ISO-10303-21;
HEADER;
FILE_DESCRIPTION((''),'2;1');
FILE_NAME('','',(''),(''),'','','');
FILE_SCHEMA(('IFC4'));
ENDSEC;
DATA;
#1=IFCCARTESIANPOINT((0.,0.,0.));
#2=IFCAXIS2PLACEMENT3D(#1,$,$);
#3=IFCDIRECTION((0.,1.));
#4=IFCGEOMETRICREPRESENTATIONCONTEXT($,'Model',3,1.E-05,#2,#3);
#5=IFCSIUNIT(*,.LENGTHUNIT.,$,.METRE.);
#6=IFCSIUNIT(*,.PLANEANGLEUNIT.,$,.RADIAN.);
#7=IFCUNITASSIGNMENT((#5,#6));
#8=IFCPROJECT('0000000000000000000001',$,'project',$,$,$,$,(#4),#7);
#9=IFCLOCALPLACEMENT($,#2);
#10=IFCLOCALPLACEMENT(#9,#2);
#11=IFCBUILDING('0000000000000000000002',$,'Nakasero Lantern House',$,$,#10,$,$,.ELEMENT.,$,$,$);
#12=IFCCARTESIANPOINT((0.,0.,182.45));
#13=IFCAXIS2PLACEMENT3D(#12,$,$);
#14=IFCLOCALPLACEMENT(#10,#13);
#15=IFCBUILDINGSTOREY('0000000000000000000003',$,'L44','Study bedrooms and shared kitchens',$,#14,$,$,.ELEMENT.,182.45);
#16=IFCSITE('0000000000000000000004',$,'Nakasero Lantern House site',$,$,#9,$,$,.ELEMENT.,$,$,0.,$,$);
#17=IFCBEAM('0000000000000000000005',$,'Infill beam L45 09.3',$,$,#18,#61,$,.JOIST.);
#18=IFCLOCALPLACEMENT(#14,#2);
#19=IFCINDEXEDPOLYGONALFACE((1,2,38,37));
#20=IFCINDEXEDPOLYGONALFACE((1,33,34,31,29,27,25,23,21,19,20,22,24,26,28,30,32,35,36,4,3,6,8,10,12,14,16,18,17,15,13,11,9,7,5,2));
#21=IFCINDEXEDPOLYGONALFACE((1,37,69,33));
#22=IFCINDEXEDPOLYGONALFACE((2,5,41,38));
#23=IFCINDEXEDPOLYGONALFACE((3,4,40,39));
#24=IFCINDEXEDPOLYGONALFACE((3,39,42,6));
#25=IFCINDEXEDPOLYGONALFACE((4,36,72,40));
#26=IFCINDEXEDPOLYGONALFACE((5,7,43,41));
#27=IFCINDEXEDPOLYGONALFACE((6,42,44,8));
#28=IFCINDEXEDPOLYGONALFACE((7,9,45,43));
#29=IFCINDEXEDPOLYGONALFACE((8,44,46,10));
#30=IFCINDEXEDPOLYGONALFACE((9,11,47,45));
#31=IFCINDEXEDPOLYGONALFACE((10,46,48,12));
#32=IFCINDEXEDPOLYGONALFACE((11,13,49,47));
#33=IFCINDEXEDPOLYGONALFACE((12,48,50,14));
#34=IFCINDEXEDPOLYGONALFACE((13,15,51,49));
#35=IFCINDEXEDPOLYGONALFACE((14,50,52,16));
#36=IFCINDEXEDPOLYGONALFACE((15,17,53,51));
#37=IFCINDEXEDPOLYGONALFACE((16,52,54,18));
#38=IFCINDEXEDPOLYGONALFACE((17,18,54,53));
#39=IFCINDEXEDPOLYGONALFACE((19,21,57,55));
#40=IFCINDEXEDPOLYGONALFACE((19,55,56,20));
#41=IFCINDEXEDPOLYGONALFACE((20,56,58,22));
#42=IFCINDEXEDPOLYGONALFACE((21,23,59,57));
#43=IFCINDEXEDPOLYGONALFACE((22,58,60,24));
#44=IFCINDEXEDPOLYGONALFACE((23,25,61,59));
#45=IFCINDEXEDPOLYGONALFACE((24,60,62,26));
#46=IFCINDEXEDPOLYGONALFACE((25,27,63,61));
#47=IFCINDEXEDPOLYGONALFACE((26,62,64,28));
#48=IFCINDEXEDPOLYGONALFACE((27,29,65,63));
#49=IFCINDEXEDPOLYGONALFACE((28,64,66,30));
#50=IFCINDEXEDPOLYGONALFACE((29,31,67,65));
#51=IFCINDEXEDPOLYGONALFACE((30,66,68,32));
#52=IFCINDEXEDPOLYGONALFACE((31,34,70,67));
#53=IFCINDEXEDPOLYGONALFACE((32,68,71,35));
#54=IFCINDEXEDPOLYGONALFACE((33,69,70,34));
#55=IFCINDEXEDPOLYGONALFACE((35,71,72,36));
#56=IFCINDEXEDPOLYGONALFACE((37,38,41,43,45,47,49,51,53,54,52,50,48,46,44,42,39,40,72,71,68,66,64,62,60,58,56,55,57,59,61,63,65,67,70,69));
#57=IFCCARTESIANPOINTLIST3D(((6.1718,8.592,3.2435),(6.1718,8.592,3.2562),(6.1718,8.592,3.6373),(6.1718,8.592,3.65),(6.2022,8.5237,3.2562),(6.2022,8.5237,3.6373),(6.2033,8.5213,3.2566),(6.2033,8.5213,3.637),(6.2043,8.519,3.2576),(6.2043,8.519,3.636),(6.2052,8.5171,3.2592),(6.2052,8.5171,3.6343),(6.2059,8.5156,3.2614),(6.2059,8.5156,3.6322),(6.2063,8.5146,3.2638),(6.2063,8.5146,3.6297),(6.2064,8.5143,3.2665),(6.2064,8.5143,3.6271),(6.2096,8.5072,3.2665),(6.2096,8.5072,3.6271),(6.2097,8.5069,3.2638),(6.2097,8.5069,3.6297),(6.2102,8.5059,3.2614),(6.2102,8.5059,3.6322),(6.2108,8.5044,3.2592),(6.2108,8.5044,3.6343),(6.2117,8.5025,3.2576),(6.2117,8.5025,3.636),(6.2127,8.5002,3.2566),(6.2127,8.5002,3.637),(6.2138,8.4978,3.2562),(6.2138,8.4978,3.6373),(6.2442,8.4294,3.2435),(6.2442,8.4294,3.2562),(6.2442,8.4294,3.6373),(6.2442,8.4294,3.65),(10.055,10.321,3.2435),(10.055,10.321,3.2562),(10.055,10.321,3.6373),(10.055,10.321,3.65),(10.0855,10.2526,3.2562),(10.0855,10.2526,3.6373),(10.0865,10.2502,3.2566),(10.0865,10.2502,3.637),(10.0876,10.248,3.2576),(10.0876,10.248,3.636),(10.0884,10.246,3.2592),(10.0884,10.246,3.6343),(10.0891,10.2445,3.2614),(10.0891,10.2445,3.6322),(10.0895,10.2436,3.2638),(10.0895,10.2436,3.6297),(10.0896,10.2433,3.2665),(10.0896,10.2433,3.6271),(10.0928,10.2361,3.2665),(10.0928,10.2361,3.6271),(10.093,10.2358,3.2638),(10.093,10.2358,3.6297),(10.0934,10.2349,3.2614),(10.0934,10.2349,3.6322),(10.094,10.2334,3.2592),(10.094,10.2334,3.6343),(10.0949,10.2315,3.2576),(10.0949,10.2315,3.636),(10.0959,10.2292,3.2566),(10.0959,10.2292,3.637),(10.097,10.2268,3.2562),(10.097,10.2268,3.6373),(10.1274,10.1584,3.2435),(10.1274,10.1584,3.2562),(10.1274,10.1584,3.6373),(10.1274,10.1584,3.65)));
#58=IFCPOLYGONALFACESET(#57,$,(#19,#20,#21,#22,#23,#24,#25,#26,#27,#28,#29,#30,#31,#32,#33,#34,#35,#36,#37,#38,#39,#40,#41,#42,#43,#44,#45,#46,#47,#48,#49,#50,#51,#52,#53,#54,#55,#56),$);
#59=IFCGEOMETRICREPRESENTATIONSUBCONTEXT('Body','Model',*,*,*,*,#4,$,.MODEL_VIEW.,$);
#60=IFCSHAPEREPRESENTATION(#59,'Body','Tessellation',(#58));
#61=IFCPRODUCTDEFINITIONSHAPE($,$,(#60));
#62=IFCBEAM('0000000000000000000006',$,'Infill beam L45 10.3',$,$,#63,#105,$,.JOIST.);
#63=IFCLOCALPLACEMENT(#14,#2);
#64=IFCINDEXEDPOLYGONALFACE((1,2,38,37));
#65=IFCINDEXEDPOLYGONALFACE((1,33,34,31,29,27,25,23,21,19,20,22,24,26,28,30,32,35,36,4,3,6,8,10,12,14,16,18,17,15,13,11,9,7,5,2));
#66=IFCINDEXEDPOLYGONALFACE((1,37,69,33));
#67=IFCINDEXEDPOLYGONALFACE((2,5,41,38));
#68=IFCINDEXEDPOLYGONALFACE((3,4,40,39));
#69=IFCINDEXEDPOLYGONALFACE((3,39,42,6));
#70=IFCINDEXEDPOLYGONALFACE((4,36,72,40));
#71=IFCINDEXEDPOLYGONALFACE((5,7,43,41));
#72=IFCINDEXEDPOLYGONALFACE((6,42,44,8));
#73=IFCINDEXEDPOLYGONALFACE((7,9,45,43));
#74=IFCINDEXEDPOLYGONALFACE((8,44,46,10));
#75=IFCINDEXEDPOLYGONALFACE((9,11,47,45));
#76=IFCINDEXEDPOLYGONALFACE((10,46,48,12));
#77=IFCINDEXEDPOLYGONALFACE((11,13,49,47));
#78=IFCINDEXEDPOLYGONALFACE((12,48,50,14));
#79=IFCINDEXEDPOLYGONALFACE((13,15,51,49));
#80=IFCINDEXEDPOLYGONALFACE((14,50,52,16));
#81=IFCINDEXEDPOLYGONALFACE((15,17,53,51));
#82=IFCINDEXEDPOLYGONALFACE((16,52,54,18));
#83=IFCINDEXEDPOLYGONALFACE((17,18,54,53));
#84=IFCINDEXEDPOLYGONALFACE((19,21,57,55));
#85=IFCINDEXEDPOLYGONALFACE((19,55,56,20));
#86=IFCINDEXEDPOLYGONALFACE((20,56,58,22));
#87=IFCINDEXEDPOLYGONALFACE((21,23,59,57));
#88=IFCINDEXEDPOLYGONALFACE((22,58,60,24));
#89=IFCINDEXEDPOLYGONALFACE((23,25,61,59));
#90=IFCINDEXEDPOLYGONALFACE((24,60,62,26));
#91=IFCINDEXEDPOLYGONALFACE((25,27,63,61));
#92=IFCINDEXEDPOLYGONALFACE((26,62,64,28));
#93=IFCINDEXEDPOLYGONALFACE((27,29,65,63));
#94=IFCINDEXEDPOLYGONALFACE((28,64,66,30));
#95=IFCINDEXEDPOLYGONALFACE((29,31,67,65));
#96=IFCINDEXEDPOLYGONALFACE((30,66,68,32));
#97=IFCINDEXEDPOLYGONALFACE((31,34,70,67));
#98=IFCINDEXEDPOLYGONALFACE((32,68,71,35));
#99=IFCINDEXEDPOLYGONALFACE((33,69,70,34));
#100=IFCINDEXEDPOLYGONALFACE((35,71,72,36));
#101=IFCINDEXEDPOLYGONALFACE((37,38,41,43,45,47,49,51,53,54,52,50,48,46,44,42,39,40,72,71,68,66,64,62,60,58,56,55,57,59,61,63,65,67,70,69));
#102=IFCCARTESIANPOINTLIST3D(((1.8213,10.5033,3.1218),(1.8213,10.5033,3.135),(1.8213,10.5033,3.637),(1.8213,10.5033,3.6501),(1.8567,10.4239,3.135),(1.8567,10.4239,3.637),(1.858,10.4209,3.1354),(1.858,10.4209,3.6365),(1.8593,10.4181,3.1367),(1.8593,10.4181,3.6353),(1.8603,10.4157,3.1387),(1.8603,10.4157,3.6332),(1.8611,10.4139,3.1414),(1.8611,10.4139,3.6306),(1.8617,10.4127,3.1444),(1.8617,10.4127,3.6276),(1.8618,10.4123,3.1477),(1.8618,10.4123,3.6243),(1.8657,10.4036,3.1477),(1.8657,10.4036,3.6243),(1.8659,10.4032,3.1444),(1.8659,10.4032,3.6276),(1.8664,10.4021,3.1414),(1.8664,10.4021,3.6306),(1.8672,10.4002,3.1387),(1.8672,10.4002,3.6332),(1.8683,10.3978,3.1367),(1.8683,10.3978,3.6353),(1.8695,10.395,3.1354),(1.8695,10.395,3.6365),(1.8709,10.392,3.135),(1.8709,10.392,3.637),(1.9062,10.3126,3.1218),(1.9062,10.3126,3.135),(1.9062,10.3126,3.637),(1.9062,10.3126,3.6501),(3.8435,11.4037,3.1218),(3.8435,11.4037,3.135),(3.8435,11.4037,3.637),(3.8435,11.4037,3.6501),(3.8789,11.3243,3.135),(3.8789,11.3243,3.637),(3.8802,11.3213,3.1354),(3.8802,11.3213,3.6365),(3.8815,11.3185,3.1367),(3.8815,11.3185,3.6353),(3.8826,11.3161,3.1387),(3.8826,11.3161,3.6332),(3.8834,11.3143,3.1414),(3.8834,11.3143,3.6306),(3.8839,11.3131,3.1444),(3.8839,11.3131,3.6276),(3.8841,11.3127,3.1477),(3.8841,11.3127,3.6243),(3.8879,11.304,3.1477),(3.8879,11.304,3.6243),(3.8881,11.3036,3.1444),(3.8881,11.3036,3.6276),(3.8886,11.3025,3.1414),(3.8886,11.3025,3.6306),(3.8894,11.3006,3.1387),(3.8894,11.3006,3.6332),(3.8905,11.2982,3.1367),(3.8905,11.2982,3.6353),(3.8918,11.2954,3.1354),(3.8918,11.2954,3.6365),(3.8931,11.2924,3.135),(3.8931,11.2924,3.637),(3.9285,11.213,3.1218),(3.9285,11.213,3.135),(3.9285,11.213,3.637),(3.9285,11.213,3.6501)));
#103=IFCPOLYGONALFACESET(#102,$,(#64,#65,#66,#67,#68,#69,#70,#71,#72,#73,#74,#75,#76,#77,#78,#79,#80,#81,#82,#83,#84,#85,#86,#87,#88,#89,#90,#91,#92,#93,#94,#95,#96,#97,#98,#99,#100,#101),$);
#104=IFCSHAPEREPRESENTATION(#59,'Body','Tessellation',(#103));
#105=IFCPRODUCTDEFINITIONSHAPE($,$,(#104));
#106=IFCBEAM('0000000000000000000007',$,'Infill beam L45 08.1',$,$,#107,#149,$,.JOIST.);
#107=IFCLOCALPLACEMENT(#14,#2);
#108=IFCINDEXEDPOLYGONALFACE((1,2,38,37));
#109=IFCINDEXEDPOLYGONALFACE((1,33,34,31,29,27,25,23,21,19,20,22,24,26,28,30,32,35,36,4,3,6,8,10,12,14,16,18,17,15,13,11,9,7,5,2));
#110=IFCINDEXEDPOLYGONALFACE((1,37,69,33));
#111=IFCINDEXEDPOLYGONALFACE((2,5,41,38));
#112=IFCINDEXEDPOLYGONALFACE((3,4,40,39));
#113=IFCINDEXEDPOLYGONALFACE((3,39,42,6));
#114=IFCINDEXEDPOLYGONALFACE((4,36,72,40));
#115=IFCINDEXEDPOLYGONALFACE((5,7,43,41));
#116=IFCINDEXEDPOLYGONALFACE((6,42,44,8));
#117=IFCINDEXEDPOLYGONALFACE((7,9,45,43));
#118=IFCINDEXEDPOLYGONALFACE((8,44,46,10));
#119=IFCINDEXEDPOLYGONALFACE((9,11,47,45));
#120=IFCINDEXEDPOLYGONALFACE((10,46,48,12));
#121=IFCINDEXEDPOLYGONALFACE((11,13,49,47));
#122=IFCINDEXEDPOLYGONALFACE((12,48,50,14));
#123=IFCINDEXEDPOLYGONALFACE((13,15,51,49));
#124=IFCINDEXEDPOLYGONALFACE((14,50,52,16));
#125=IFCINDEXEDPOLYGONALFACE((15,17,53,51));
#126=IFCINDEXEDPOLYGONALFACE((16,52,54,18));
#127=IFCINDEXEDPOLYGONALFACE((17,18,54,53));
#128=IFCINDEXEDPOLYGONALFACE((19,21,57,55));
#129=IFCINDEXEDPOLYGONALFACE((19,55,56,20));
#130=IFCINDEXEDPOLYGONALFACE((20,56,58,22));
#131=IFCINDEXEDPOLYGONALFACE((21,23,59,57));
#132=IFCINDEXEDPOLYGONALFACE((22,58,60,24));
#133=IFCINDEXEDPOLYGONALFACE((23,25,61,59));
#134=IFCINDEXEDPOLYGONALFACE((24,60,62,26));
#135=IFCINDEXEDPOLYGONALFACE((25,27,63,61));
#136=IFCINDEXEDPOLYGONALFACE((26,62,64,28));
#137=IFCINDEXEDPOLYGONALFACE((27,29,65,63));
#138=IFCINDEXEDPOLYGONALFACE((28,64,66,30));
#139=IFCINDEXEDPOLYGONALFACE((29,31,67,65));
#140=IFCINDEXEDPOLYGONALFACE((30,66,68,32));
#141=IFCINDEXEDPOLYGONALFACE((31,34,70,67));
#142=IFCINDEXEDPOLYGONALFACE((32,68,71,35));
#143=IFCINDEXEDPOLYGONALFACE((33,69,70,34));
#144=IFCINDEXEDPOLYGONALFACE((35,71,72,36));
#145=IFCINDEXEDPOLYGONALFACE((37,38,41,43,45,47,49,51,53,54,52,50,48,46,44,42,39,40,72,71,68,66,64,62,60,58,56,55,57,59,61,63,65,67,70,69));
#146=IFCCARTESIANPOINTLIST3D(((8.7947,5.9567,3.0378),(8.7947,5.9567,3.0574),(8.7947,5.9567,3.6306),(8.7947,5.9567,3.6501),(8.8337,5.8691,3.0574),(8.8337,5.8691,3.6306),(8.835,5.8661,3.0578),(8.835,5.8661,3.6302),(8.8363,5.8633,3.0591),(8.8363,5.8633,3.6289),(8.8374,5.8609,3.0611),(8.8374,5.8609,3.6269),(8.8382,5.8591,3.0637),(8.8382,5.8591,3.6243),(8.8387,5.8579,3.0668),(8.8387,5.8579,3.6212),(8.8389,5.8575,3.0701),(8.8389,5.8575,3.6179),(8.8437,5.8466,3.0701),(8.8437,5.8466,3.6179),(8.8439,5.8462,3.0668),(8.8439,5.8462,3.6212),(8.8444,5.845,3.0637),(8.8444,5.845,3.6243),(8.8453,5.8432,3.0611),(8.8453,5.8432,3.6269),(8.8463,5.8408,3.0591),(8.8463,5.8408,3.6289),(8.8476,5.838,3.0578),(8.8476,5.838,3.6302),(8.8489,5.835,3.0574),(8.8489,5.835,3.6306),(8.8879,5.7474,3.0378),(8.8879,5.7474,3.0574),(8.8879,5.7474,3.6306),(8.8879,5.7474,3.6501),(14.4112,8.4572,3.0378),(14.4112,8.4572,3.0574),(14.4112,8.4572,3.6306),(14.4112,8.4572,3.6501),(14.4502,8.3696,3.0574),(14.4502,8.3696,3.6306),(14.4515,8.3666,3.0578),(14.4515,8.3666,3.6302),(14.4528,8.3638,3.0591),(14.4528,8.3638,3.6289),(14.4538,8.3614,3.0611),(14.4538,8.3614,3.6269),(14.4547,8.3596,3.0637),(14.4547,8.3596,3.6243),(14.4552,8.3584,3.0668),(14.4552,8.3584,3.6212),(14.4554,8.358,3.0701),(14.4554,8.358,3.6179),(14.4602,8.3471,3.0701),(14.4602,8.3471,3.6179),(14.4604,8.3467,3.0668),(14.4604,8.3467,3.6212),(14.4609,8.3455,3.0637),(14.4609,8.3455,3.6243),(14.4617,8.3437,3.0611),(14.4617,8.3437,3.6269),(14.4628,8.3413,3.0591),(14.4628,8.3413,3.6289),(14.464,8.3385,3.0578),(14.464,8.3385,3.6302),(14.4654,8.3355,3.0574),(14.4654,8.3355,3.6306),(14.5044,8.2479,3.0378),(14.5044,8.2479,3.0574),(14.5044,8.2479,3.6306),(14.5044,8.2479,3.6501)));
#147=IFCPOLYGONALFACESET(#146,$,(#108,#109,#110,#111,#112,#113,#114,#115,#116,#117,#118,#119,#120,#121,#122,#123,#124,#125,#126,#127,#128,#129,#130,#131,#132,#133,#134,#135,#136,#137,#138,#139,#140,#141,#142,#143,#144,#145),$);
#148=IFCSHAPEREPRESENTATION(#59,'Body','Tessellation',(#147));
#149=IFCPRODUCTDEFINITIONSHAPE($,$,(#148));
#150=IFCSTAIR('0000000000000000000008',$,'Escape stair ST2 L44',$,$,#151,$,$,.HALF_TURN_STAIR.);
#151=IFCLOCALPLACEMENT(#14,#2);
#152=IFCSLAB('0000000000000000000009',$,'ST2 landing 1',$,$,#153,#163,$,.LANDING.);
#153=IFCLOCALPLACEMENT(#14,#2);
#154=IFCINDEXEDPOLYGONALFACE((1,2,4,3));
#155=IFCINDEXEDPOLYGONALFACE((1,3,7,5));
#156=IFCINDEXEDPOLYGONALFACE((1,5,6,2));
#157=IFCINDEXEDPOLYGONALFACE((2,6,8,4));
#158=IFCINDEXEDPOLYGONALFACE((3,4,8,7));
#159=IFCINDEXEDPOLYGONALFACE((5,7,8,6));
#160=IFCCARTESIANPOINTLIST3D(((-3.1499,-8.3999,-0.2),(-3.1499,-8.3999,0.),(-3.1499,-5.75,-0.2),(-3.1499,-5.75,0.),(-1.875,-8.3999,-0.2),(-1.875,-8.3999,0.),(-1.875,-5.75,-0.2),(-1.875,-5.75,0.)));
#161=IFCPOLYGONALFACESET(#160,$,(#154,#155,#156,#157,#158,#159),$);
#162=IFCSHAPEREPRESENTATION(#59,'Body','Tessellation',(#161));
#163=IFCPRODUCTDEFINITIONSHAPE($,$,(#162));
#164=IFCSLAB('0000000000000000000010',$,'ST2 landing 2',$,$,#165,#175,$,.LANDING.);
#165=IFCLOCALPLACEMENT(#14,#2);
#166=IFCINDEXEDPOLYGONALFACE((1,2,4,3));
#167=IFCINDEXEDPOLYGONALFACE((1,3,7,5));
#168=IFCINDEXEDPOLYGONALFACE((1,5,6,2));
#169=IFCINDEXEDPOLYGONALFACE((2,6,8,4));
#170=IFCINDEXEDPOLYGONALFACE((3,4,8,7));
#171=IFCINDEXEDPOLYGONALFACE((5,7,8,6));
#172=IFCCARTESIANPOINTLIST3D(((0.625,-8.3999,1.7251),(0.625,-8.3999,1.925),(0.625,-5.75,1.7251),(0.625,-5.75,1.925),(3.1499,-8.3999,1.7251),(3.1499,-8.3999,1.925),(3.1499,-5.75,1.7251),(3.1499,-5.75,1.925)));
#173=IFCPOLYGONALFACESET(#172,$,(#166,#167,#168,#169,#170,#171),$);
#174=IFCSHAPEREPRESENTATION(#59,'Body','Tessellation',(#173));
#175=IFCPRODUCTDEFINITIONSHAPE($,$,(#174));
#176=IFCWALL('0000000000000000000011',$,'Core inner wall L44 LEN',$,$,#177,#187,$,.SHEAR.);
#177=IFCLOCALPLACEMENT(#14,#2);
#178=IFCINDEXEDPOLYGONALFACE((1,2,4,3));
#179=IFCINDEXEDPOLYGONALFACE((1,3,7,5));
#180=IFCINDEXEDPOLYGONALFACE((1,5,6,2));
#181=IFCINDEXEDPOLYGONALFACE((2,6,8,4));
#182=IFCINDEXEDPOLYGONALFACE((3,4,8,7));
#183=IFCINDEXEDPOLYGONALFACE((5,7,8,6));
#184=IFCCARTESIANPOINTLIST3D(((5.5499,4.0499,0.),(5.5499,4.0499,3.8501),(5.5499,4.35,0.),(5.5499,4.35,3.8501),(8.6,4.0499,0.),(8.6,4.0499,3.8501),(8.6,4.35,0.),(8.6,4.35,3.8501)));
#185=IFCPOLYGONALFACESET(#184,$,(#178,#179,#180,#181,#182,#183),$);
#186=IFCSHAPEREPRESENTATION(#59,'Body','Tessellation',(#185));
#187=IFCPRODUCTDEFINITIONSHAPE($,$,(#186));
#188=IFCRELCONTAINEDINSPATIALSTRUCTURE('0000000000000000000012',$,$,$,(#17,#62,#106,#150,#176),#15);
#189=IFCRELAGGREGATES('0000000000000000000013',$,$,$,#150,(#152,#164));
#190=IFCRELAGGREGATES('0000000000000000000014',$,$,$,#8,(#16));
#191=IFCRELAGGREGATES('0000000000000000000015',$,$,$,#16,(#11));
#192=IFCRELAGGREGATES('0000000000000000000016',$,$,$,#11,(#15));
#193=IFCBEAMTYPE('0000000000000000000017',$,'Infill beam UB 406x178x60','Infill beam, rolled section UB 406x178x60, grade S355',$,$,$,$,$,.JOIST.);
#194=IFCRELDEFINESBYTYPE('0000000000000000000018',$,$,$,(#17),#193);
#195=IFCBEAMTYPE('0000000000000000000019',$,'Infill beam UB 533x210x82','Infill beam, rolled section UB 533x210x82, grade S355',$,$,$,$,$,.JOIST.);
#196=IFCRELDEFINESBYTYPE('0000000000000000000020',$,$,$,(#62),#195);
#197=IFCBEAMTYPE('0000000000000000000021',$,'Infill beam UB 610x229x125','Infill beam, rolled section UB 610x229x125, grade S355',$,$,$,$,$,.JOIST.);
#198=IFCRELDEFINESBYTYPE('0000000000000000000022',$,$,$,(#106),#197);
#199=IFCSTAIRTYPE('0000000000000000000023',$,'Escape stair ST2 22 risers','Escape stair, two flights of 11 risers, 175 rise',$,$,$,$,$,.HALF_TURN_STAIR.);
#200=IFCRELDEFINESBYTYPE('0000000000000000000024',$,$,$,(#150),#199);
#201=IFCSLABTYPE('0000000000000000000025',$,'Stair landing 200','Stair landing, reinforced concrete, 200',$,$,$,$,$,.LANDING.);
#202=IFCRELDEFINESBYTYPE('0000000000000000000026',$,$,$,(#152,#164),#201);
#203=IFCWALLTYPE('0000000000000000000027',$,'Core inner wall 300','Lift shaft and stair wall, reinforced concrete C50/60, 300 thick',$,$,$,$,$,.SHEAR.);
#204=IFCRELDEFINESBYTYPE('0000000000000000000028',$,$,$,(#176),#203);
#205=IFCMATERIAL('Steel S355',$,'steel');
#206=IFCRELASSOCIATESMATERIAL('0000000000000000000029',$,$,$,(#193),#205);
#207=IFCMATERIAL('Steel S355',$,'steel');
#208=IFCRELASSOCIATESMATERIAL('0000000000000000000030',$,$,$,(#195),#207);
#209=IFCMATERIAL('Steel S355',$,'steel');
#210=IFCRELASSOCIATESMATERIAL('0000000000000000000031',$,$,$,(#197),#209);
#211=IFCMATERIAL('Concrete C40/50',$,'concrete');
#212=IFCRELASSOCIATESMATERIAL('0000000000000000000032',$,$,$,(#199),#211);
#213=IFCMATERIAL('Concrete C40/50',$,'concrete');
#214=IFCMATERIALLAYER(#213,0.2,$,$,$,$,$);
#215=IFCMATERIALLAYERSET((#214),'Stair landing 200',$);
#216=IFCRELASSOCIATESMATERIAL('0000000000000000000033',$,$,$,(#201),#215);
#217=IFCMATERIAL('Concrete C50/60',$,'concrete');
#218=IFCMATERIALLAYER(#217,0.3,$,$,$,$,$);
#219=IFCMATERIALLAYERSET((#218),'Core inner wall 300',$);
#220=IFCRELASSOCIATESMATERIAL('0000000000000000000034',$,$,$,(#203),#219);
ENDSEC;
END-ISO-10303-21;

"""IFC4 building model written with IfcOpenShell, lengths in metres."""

from ifc_helpers import new_model, si_unit, direction, frame, frame_2d, origin, origin_2d, place, context, subcontext, project, spatial, polyline, rectangle, i_section, outline, extrude, material, layer, layer_set, material_profile, profile_set, type_object, element, aggregate, save


model = new_model("IFC4")

# Units and contexts
model_context = context("Model", 3, precision=1e-05, world=origin(), true_north=direction((0.0, 1.0)))
body_context = subcontext(model_context, "Body", "Model", "MODEL_VIEW")
ifc_project = project(units=[si_unit("LENGTHUNIT", "METRE"), si_unit("PLANEANGLEUNIT", "RADIAN")], contexts=[model_context])

# Site, building, storey
site_placement = place(None, origin())
site = spatial("IfcSite", under=ifc_project, at=site_placement, Name="Nakasero Lantern House site", CompositionType="ELEMENT", RefElevation=0.0)
building_placement = place(site_placement, origin())
building = spatial("IfcBuilding", under=site, at=building_placement, Name="Nakasero Lantern House", CompositionType="ELEMENT")
storey_placement = place(building_placement, frame((0.0, 0.0, 182.45)))
storey = spatial("IfcBuildingStorey", under=building, at=storey_placement, Name="L44", Description="Study bedrooms and shared kitchens", CompositionType="ELEMENT", Elevation=182.45)

# Beams
ifc_material_1 = material(Name="Steel S355", Category="steel")
ifc_material_profile_1 = material_profile(ifc_material_1, i_section(OverallWidth=0.178, OverallDepth=0.4065, WebThickness=0.0078, FlangeThickness=0.0127, FilletRadius=0.0103, at=origin_2d()), Name="UB 406x178x60")
ifc_profile_set_1 = profile_set([ifc_material_profile_1], Name="Steel S355")
beam_type_1 = type_object("IfcBeamType", Name="Infill beam UB 406x178x60", Description="Infill beam, rolled section UB 406x178x60, grade S355", PredefinedType="JOIST", material=ifc_profile_set_1)
beam_1_placement = place(storey_placement, frame((6.208, 8.5107, 3.4468), z_axis=(0.913541, 0.406746, 0.0), x_axis=(-0.406746, 0.913541, 0.0)))
element("IfcBeam", 1, at=beam_1_placement, inside=storey, type_object=beam_type_1, Name="Infill beam L45 09.3", PredefinedType="JOIST", context=body_context, shape_type="SweptSolid", body=[
    extrude(i_section(OverallWidth=0.178, OverallDepth=0.4065, WebThickness=0.0078, FlangeThickness=0.0127, FilletRadius=0.0103, at=origin_2d()), origin(), (0.0, 0.0, 1.0), 4.2507),
])
ifc_material_2 = material(Name="Steel S355", Category="steel")
ifc_material_profile_2 = material_profile(ifc_material_2, i_section(OverallWidth=0.2087, OverallDepth=0.5283, WebThickness=0.0095, FlangeThickness=0.0132, FilletRadius=0.0127, at=origin_2d()), Name="UB 533x210x82")
ifc_profile_set_2 = profile_set([ifc_material_profile_2], Name="Steel S355")
beam_type_2 = type_object("IfcBeamType", Name="Infill beam UB 533x210x82", Description="Infill beam, rolled section UB 533x210x82, grade S355", PredefinedType="JOIST", material=ifc_profile_set_2)
beam_2_placement = place(storey_placement, frame((1.8638, 10.408, 3.386), z_axis=(0.913538, 0.406752, 0.0), x_axis=(-0.406752, 0.913538, 0.0)))
element("IfcBeam", 2, at=beam_2_placement, inside=storey, type_object=beam_type_2, Name="Infill beam L45 10.3", PredefinedType="JOIST", context=body_context, shape_type="SweptSolid", body=[
    extrude(i_section(OverallWidth=0.2087, OverallDepth=0.5283, WebThickness=0.0095, FlangeThickness=0.0132, FilletRadius=0.0127, at=origin_2d()), origin(), (0.0, 0.0, 1.0), 2.2136),
])
ifc_material_3 = material(Name="Steel S355", Category="steel")
ifc_material_profile_3 = material_profile(ifc_material_3, i_section(OverallWidth=0.229, OverallDepth=0.6123, WebThickness=0.012, FlangeThickness=0.0195, FilletRadius=0.0127, at=origin_2d()), Name="UB 610x229x125")
ifc_profile_set_3 = profile_set([ifc_material_profile_3], Name="Steel S355")
beam_type_3 = type_object("IfcBeamType", Name="Infill beam UB 610x229x125", Description="Infill beam, rolled section UB 610x229x125, grade S355", PredefinedType="JOIST", material=ifc_profile_set_3)
beam_3_placement = place(storey_placement, frame((8.8413, 5.8521, 3.344), z_axis=(0.913553, 0.406721, 0.0), x_axis=(-0.406721, 0.913553, 0.0)))
element("IfcBeam", 3, at=beam_3_placement, inside=storey, type_object=beam_type_3, Name="Infill beam L45 08.1", PredefinedType="JOIST", context=body_context, shape_type="SweptSolid", body=[
    extrude(i_section(OverallWidth=0.229, OverallDepth=0.6123, WebThickness=0.012, FlangeThickness=0.0195, FilletRadius=0.0127, at=origin_2d()), origin(), (0.0, 0.0, 1.0), 6.1479),
])

# Stair, slabs
ifc_material_4 = material(Name="Concrete C40/50", Category="concrete")
stair_type_1 = type_object("IfcStairType", Name="Escape stair ST2 22 risers", Description="Escape stair, two flights of 11 risers, 175 rise", PredefinedType="HALF_TURN_STAIR", material=ifc_material_4)
stair_1_placement = place(storey_placement, origin())
stair_1 = element("IfcStair", 4, at=stair_1_placement, inside=storey, type_object=stair_type_1, Name="Escape stair ST2 L44", PredefinedType="HALF_TURN_STAIR")
ifc_material_5 = material(Name="Concrete C40/50", Category="concrete")
ifc_layer_1 = layer(ifc_material_5, 0.2)
ifc_layer_set_1 = layer_set([ifc_layer_1], Name="Stair landing 200")
slab_type = type_object("IfcSlabType", Name="Stair landing 200", Description="Stair landing, reinforced concrete, 200", PredefinedType="LANDING", material=ifc_layer_set_1)
slab_1_placement = place(storey_placement, frame((0.0, 0.0, -0.2)))
slab_1 = element("IfcSlab", 5, at=slab_1_placement, type_object=slab_type, Name="ST2 landing 1", PredefinedType="LANDING", context=body_context, shape_type="SweptSolid", body=[
    extrude(outline(polyline([(-3.1499, -8.3999), (-1.875, -8.3999), (-1.875, -5.75), (-3.1499, -5.75), (-3.1499, -8.3999)])), origin(), (0.0, 0.0, 1.0), 0.2),
])
slab_2_placement = place(storey_placement, frame((0.0, 0.0, 1.7251)))
slab_2 = element("IfcSlab", 6, at=slab_2_placement, type_object=slab_type, Name="ST2 landing 2", PredefinedType="LANDING", context=body_context, shape_type="SweptSolid", body=[
    extrude(outline(polyline([(0.625, -8.3999), (3.1499, -8.3999), (3.1499, -5.75), (0.625, -5.75), (0.625, -8.3999)])), origin(), (0.0, 0.0, 1.0), 0.2),
])
aggregate(stair_1, [slab_1, slab_2])

# Wall
ifc_material_6 = material(Name="Concrete C50/60", Category="concrete")
ifc_layer_2 = layer(ifc_material_6, 0.3)
ifc_layer_set_2 = layer_set([ifc_layer_2], Name="Core inner wall 300")
wall_type_1 = type_object("IfcWallType", Name="Core inner wall 300", Description="Lift shaft and stair wall, reinforced concrete C50/60, 300 thick", PredefinedType="SHEAR", material=ifc_layer_set_2)
wall_1_placement = place(storey_placement, frame((5.55, 4.2, 0.0), z_axis=(0.0, 0.0, 1.0), x_axis=(1.0, 0.0, 0.0)))
element("IfcWall", 7, at=wall_1_placement, inside=storey, type_object=wall_type_1, Name="Core inner wall L44 LEN", PredefinedType="SHEAR", context=body_context, shape_type="SweptSolid", body=[
    extrude(rectangle(XDim=3.05, YDim=0.3, at=frame_2d((1.5249, 0.0))), origin(), (0.0, 0.0, 1.0), 3.8501),
])

save(model, "model.ifc")
